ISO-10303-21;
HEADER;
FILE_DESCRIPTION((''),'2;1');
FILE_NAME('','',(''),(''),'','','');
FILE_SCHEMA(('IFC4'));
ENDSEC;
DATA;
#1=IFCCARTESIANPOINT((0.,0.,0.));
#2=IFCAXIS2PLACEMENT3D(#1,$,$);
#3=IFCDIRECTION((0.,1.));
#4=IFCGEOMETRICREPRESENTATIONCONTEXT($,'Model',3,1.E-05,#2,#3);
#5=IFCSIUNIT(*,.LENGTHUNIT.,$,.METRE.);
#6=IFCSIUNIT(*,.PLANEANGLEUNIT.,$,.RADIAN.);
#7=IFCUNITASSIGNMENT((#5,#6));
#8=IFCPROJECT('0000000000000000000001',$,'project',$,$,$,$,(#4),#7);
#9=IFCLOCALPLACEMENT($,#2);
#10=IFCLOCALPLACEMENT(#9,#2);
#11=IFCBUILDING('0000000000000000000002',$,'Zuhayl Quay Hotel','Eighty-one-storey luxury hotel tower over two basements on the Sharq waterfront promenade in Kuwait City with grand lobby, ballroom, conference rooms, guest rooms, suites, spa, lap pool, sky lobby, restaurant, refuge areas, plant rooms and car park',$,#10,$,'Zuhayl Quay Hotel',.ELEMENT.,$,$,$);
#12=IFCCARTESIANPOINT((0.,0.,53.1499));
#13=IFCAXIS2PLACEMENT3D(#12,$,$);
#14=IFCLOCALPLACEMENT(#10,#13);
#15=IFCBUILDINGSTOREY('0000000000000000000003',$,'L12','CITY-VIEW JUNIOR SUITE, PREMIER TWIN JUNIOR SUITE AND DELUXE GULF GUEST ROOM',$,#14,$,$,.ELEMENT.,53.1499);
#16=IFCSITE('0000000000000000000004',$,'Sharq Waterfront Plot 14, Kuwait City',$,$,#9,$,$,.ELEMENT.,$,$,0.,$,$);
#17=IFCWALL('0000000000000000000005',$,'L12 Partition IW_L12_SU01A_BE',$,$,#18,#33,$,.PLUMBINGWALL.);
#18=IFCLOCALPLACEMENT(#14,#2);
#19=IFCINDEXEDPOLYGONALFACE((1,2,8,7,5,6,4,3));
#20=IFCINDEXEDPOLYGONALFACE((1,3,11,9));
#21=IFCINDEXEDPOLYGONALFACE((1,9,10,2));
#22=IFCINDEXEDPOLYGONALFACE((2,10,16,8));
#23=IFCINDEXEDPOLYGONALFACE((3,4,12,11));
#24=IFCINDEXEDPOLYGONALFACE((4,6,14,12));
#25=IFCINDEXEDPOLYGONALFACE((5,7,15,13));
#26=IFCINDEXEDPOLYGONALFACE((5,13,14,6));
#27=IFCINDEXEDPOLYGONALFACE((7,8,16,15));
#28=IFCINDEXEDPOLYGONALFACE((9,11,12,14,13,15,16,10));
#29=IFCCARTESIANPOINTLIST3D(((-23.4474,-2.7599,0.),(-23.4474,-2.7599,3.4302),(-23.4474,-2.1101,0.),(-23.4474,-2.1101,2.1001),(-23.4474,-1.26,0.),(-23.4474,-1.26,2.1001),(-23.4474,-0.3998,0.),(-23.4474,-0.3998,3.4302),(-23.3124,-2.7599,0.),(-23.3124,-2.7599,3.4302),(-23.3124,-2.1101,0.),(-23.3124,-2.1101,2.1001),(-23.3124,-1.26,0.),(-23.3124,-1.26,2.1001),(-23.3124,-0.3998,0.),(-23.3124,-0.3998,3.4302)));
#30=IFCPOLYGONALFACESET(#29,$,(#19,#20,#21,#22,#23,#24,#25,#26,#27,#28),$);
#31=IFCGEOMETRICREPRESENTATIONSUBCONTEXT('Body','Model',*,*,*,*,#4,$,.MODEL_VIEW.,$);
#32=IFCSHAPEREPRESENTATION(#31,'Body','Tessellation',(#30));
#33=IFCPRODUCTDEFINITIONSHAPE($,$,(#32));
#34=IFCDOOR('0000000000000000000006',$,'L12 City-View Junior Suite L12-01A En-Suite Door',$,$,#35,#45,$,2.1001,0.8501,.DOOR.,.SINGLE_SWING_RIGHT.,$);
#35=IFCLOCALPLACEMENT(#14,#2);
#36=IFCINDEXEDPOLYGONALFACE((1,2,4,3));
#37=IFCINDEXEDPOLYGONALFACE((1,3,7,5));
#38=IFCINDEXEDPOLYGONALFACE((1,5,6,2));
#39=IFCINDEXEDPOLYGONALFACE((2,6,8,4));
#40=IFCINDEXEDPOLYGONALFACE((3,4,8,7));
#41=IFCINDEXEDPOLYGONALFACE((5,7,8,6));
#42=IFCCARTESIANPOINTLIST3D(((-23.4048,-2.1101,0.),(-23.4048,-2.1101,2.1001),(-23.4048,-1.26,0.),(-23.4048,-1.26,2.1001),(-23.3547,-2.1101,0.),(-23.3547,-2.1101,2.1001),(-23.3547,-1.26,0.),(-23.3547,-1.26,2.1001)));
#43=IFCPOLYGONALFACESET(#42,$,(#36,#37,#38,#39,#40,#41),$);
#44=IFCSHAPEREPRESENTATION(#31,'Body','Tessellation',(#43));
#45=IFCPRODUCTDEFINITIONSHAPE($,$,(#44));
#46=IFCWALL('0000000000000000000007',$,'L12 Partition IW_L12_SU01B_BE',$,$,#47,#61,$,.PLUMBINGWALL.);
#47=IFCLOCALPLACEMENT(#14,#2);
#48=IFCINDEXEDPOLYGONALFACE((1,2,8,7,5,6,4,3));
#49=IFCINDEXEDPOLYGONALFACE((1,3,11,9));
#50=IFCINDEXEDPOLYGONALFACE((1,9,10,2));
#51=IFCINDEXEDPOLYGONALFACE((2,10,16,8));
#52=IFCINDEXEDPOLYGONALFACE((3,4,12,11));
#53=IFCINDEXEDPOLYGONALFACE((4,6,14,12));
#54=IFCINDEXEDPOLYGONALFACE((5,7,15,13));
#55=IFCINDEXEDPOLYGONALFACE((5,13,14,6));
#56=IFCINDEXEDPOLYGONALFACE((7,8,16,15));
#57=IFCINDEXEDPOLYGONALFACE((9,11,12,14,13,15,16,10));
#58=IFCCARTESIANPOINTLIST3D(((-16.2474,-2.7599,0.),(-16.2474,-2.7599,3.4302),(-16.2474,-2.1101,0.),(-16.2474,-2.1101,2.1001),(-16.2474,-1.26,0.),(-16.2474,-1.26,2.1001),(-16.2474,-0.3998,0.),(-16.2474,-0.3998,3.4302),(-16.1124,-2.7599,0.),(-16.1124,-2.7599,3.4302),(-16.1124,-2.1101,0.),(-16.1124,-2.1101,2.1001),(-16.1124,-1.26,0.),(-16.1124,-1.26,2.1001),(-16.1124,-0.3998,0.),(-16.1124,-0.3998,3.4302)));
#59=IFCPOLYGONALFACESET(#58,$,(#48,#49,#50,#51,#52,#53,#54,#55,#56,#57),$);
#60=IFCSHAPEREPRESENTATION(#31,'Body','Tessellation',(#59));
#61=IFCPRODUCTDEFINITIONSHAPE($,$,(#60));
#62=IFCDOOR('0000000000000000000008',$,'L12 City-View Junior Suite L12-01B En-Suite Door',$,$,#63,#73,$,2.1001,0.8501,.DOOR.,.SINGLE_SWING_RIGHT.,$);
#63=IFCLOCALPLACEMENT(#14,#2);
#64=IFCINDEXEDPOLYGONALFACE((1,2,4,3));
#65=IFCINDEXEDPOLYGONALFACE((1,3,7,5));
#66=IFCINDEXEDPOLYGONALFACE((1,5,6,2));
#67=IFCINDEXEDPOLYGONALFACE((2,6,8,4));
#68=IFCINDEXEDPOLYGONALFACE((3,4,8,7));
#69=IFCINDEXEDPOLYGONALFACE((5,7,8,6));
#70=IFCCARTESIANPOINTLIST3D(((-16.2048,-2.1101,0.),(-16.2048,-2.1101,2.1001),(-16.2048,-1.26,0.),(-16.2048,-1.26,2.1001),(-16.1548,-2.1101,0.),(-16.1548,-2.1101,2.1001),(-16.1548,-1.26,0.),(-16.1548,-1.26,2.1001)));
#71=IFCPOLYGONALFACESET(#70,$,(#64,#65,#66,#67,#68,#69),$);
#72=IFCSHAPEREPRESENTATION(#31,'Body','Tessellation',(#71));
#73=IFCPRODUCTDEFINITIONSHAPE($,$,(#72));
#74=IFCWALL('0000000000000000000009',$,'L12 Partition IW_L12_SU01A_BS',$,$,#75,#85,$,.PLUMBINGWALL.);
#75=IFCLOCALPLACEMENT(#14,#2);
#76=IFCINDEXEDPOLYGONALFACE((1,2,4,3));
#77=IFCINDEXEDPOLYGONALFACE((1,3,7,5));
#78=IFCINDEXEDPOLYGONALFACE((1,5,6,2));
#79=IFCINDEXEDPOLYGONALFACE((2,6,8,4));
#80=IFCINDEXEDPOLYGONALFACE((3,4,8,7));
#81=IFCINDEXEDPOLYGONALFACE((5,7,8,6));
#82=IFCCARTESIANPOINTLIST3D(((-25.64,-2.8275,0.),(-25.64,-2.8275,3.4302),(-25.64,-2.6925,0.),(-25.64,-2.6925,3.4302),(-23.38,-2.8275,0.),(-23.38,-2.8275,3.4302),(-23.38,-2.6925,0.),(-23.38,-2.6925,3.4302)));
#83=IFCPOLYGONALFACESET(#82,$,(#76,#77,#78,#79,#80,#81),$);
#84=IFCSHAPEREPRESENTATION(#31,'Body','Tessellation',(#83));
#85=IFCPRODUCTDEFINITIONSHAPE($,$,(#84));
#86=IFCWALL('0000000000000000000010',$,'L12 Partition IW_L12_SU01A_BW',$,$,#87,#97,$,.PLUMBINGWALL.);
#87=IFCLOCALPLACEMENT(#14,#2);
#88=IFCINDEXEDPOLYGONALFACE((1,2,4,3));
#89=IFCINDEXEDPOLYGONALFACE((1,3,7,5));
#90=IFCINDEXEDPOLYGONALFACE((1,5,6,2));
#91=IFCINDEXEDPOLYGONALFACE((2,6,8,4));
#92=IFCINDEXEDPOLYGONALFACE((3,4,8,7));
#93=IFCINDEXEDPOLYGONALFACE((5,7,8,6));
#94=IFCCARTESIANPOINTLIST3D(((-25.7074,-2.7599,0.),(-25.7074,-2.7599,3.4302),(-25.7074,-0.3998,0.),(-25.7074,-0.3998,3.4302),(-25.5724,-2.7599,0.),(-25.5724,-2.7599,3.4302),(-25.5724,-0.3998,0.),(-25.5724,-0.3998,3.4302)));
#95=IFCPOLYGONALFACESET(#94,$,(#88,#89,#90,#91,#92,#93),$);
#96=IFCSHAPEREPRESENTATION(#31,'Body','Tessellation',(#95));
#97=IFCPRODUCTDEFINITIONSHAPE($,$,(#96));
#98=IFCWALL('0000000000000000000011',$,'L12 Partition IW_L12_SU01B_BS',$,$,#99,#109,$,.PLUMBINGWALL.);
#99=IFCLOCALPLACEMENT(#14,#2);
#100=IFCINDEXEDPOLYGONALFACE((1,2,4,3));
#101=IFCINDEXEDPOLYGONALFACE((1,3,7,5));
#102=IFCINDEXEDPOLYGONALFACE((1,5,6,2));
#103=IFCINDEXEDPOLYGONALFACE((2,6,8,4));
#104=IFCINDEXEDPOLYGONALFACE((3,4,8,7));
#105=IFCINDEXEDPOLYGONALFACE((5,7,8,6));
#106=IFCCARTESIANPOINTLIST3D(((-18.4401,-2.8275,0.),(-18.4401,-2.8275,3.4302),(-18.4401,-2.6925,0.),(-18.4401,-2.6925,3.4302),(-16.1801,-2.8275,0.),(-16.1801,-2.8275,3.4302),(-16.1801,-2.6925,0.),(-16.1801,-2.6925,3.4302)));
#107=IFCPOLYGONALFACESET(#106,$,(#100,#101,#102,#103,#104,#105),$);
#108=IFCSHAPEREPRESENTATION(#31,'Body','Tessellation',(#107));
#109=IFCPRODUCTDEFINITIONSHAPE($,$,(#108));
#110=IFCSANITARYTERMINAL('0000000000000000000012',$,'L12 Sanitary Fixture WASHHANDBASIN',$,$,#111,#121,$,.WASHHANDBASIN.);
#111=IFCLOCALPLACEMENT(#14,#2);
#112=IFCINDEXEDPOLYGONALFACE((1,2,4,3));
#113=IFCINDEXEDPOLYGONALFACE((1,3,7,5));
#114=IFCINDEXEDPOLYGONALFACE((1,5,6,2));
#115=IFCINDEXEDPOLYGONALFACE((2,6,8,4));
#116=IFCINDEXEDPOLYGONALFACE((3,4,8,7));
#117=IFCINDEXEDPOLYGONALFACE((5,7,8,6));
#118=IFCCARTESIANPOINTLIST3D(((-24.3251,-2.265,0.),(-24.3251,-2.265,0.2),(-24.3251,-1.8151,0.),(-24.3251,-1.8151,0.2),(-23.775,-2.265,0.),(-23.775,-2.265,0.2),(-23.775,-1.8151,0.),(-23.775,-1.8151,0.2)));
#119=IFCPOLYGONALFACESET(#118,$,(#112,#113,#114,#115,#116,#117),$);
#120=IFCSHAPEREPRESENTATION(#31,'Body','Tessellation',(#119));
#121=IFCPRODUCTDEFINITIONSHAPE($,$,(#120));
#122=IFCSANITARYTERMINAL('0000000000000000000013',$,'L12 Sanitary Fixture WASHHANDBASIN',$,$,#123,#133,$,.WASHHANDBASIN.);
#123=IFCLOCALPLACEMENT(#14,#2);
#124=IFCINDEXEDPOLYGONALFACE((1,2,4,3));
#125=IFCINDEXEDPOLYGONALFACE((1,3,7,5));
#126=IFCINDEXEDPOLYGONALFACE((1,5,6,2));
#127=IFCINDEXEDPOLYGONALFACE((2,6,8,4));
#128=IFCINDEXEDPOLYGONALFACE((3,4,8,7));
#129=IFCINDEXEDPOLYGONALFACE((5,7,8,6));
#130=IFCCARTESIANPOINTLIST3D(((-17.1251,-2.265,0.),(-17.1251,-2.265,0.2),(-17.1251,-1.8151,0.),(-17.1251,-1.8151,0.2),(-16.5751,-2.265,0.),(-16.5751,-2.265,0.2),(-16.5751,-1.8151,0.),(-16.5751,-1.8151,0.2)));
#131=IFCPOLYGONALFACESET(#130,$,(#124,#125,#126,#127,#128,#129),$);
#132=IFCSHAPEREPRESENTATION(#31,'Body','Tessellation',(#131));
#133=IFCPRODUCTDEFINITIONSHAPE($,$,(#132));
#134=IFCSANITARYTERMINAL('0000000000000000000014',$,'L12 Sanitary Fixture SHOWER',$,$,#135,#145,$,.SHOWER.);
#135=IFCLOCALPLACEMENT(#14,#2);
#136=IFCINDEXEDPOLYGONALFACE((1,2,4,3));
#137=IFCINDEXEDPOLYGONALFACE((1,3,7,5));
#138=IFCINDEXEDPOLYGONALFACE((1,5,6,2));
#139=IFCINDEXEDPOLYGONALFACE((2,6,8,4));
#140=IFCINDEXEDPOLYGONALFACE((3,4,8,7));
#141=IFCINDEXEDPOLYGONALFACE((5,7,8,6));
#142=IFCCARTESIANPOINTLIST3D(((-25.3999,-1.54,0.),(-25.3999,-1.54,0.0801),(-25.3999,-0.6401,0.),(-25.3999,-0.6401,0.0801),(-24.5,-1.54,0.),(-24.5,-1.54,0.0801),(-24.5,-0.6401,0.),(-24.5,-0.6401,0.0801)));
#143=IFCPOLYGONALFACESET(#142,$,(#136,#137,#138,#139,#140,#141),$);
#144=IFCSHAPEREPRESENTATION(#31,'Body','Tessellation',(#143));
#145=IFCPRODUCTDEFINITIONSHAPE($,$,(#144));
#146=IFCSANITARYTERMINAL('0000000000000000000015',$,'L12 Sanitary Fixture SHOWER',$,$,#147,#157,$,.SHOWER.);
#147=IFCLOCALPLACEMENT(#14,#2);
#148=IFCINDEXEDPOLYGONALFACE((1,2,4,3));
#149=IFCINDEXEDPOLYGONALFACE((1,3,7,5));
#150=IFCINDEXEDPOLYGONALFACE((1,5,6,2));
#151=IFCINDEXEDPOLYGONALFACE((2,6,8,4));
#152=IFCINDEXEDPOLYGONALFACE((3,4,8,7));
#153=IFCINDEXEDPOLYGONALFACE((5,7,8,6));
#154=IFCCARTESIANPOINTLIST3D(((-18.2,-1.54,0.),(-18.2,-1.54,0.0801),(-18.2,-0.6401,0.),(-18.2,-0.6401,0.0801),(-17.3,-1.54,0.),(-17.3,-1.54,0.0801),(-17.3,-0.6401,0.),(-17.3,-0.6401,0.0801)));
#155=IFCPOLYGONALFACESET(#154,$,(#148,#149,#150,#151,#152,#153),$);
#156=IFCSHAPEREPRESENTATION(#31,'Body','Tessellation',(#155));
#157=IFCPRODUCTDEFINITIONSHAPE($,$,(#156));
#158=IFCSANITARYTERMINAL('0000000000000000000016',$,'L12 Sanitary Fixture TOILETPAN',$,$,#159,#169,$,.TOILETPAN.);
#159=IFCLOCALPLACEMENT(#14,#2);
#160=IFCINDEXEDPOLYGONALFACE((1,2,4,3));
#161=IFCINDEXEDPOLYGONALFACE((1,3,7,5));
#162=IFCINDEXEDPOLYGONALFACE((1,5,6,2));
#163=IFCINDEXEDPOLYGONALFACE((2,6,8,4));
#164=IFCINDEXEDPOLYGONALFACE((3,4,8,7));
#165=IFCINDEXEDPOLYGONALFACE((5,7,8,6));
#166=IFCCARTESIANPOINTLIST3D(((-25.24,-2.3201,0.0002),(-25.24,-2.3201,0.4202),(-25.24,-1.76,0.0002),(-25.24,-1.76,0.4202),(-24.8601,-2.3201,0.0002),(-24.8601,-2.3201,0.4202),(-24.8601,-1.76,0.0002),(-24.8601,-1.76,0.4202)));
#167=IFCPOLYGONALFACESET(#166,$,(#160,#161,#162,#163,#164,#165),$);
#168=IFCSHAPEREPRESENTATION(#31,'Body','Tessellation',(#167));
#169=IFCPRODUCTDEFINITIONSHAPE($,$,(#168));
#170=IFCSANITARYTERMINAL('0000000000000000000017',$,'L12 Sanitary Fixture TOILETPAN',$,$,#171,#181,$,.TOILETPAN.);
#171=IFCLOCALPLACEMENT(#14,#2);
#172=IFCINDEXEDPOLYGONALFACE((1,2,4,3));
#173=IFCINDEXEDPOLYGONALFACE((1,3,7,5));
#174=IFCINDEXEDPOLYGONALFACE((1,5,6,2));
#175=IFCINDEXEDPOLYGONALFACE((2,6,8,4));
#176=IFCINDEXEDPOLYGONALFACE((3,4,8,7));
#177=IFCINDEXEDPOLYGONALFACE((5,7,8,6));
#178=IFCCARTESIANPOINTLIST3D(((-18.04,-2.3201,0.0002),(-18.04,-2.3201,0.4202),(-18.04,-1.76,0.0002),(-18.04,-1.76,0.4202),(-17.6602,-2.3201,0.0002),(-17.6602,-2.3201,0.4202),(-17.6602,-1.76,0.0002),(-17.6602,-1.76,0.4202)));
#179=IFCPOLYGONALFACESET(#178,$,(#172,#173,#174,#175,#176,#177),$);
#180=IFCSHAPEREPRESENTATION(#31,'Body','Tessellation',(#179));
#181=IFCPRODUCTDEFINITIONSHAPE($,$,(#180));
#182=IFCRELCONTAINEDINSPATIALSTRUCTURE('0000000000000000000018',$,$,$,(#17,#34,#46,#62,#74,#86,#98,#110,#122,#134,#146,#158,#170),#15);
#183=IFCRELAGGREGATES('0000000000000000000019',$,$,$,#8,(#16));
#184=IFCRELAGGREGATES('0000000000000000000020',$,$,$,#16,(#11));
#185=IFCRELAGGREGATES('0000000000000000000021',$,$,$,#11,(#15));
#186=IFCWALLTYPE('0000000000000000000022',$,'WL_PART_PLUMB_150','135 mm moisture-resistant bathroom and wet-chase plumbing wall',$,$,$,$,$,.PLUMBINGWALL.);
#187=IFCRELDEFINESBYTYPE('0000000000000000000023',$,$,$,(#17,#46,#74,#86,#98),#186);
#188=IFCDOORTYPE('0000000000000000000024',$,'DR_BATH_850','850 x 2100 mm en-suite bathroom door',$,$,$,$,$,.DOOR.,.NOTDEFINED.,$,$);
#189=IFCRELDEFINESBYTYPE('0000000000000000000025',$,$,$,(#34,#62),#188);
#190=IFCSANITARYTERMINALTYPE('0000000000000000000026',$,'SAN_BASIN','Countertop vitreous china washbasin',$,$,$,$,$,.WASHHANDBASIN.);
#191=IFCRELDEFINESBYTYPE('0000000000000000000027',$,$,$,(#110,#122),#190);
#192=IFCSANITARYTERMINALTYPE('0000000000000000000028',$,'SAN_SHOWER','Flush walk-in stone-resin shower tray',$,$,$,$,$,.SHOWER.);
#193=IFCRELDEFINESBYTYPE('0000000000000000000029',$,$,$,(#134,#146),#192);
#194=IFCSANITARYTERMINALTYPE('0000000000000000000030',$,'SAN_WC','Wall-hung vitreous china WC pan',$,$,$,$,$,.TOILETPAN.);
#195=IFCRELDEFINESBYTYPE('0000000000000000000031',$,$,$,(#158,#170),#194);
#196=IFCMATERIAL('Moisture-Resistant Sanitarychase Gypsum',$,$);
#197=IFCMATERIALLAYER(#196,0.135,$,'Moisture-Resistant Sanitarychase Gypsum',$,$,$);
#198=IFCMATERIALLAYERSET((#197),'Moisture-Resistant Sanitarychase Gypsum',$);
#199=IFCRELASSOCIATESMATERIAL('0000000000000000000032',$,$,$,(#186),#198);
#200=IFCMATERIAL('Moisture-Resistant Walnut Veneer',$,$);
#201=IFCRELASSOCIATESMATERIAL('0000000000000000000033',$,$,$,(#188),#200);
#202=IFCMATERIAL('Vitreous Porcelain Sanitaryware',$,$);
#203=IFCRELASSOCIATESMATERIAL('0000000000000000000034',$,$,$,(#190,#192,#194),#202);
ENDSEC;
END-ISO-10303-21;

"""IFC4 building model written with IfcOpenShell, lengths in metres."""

from ifc_helpers import new_model, si_unit, direction, frame, frame_2d, origin, origin_2d, place, context, subcontext, project, spatial, rectangle, extrude, material, layer, layer_set, type_object, element, fill, save


model = new_model("IFC4")

# Units and contexts
model_context = context("Model", 3, precision=1e-05, world=origin(), true_north=direction((0.0, 1.0)))
body_context = subcontext(model_context, "Body", "Model", "MODEL_VIEW")
ifc_project = project(units=[si_unit("LENGTHUNIT", "METRE"), si_unit("PLANEANGLEUNIT", "RADIAN")], contexts=[model_context])

# Site, building, storey
site_placement = place(None, origin())
site = spatial("IfcSite", under=ifc_project, at=site_placement, Name="Sharq Waterfront Plot 14, Kuwait City", CompositionType="ELEMENT", RefElevation=0.0)
building_placement = place(site_placement, origin())
building = spatial("IfcBuilding", under=site, at=building_placement, Name="Zuhayl Quay Hotel", Description="Eighty-one-storey luxury hotel tower over two basements on the Sharq waterfront promenade in Kuwait City with grand lobby, ballroom, conference rooms, guest rooms, suites, spa, lap pool, sky lobby, restaurant, refuge areas, plant rooms and car park", LongName="Zuhayl Quay Hotel", CompositionType="ELEMENT")
storey_placement = place(building_placement, frame((0.0, 0.0, 53.1499)))
storey = spatial("IfcBuildingStorey", under=building, at=storey_placement, Name="L12", Description="CITY-VIEW JUNIOR SUITE, PREMIER TWIN JUNIOR SUITE AND DELUXE GULF GUEST ROOM", CompositionType="ELEMENT", Elevation=53.1499)

# Walls, openings, doors
ifc_material_1 = material(Name="Moisture-Resistant Sanitarychase Gypsum")
ifc_layer_1 = layer(ifc_material_1, 0.135, Name="Moisture-Resistant Sanitarychase Gypsum")
ifc_layer_set_1 = layer_set([ifc_layer_1], Name="Moisture-Resistant Sanitarychase Gypsum")
wall_type_1 = type_object("IfcWallType", Name="WL_PART_PLUMB_150", Description="135 mm moisture-resistant bathroom and wet-chase plumbing wall", PredefinedType="PLUMBINGWALL", material=ifc_layer_set_1)
wall_1_placement = place(storey_placement, frame((-23.3799, -2.76, 0.0), z_axis=(0.0, 0.0, 1.0), x_axis=(0.0, 1.0, 0.0)))
wall_1 = element("IfcWall", 1, at=wall_1_placement, inside=storey, type_object=wall_type_1, Name="L12 Partition IW_L12_SU01A_BE", PredefinedType="PLUMBINGWALL", context=body_context, shape_type="SweptSolid", body=[
    extrude(rectangle(XDim=2.3601, YDim=0.135, at=frame_2d((1.1802, 0.0))), origin(), (0.0, 0.0, 1.0), 3.4302),
])
opening_1_placement = place(wall_1_placement, frame((0.6499, 0.0, 0.0)))
opening_1 = element("IfcOpeningElement", 2, at=opening_1_placement, cuts=wall_1, PredefinedType="OPENING", context=body_context, shape_type="SweptSolid", body=[
    extrude(rectangle(XDim=0.8501, YDim=2.1001, at=frame_2d((0.425, 1.05))), frame((0.0, 0.0774, 0.0), z_axis=(0.0, -1.0, 0.0), x_axis=(1.0, 0.0, 0.0)), (0.0, 0.0, 1.0), 0.155),
])
ifc_material_2 = material(Name="Moisture-Resistant Walnut Veneer")
door_type_1 = type_object("IfcDoorType", Name="DR_BATH_850", Description="850 x 2100 mm en-suite bathroom door", OperationType="NOTDEFINED", PredefinedType="DOOR", material=ifc_material_2)
door_1_placement = place(opening_1_placement, origin())
door_1 = element("IfcDoor", 3, at=door_1_placement, inside=storey, type_object=door_type_1, Name="L12 City-View Junior Suite L12-01A En-Suite Door", OperationType="SINGLE_SWING_RIGHT", OverallHeight=2.1001, OverallWidth=0.8501, PredefinedType="DOOR", context=body_context, shape_type="SweptSolid", body=[
    extrude(rectangle(XDim=0.8501, YDim=2.1001, at=frame_2d((0.425, 1.05))), frame((0.0, 0.0249, 0.0), z_axis=(0.0, -1.0, 0.0), x_axis=(1.0, 0.0, 0.0)), (0.0, 0.0, 1.0), 0.05),
])
fill(opening_1, door_1)
wall_2_placement = place(storey_placement, frame((-16.1799, -2.76, 0.0), z_axis=(0.0, 0.0, 1.0), x_axis=(0.0, 1.0, 0.0)))
wall_2 = element("IfcWall", 4, at=wall_2_placement, inside=storey, type_object=wall_type_1, Name="L12 Partition IW_L12_SU01B_BE", PredefinedType="PLUMBINGWALL", context=body_context, shape_type="SweptSolid", body=[
    extrude(rectangle(XDim=2.3601, YDim=0.135, at=frame_2d((1.1802, 0.0))), origin(), (0.0, 0.0, 1.0), 3.4302),
])
opening_2_placement = place(wall_2_placement, frame((0.6499, 0.0, 0.0)))
opening_2 = element("IfcOpeningElement", 5, at=opening_2_placement, cuts=wall_2, PredefinedType="OPENING", context=body_context, shape_type="SweptSolid", body=[
    extrude(rectangle(XDim=0.8501, YDim=2.1001, at=frame_2d((0.425, 1.05))), frame((0.0, 0.0774, 0.0), z_axis=(0.0, -1.0, 0.0), x_axis=(1.0, 0.0, 0.0)), (0.0, 0.0, 1.0), 0.155),
])
door_2_placement = place(opening_2_placement, origin())
door_2 = element("IfcDoor", 6, at=door_2_placement, inside=storey, type_object=door_type_1, Name="L12 City-View Junior Suite L12-01B En-Suite Door", OperationType="SINGLE_SWING_RIGHT", OverallHeight=2.1001, OverallWidth=0.8501, PredefinedType="DOOR", context=body_context, shape_type="SweptSolid", body=[
    extrude(rectangle(XDim=0.8501, YDim=2.1001, at=frame_2d((0.425, 1.05))), frame((0.0, 0.0249, 0.0), z_axis=(0.0, -1.0, 0.0), x_axis=(1.0, 0.0, 0.0)), (0.0, 0.0, 1.0), 0.05),
])
fill(opening_2, door_2)

# Walls
wall_3_placement = place(storey_placement, frame((-25.6399, -2.76, 0.0), z_axis=(0.0, 0.0, 1.0), x_axis=(1.0, 0.0, 0.0)))
element("IfcWall", 7, at=wall_3_placement, inside=storey, type_object=wall_type_1, Name="L12 Partition IW_L12_SU01A_BS", PredefinedType="PLUMBINGWALL", context=body_context, shape_type="SweptSolid", body=[
    extrude(rectangle(XDim=2.26, YDim=0.135, at=frame_2d((1.1299, 0.0))), origin(), (0.0, 0.0, 1.0), 3.4302),
])
wall_4_placement = place(storey_placement, frame((-25.6399, -2.76, 0.0), z_axis=(0.0, 0.0, 1.0), x_axis=(0.0, 1.0, 0.0)))
element("IfcWall", 8, at=wall_4_placement, inside=storey, type_object=wall_type_1, Name="L12 Partition IW_L12_SU01A_BW", PredefinedType="PLUMBINGWALL", context=body_context, shape_type="SweptSolid", body=[
    extrude(rectangle(XDim=2.3601, YDim=0.135, at=frame_2d((1.1802, 0.0))), origin(), (0.0, 0.0, 1.0), 3.4302),
])
wall_5_placement = place(storey_placement, frame((-18.4399, -2.76, 0.0), z_axis=(0.0, 0.0, 1.0), x_axis=(1.0, 0.0, 0.0)))
element("IfcWall", 9, at=wall_5_placement, inside=storey, type_object=wall_type_1, Name="L12 Partition IW_L12_SU01B_BS", PredefinedType="PLUMBINGWALL", context=body_context, shape_type="SweptSolid", body=[
    extrude(rectangle(XDim=2.26, YDim=0.135, at=frame_2d((1.1299, 0.0))), origin(), (0.0, 0.0, 1.0), 3.4302),
])

# Sanitary terminals
ifc_material_3 = material(Name="Vitreous Porcelain Sanitaryware")
sanitary_terminal_type_1 = type_object("IfcSanitaryTerminalType", Name="SAN_BASIN", Description="Countertop vitreous china washbasin", PredefinedType="WASHHANDBASIN", material=ifc_material_3)
for number, where, z_axis, x_axis, name in (
    (10, (-24.05, -2.04, 0.0), (0.0, 0.0, 1.0), (1.0, 0.0, 0.0), "L12 Sanitary Fixture WASHHANDBASIN"),
    (11, (-16.8501, -2.04, 0.0), (0.0, 0.0, 1.0), (1.0, 0.0, 0.0), "L12 Sanitary Fixture WASHHANDBASIN"),
):
    element("IfcSanitaryTerminal", number, at=place(storey_placement, frame(where, z_axis=z_axis, x_axis=x_axis)), inside=storey, type_object=sanitary_terminal_type_1, Name=name, PredefinedType="WASHHANDBASIN", context=body_context, shape_type="SweptSolid", body=[
        extrude(rectangle(XDim=0.55, YDim=0.45, at=origin_2d()), origin(), (0.0, 0.0, 1.0), 0.2),
    ])
sanitary_terminal_type_2 = type_object("IfcSanitaryTerminalType", Name="SAN_SHOWER", Description="Flush walk-in stone-resin shower tray", PredefinedType="SHOWER", material=ifc_material_3)
for number, where, z_axis, x_axis, name in (
    (12, (-24.95, -1.0901, 0.0), (0.0, 0.0, 1.0), (1.0, 0.0, 0.0), "L12 Sanitary Fixture SHOWER"),
    (13, (-17.75, -1.0901, 0.0), (0.0, 0.0, 1.0), (1.0, 0.0, 0.0), "L12 Sanitary Fixture SHOWER"),
):
    element("IfcSanitaryTerminal", number, at=place(storey_placement, frame(where, z_axis=z_axis, x_axis=x_axis)), inside=storey, type_object=sanitary_terminal_type_2, Name=name, PredefinedType="SHOWER", context=body_context, shape_type="SweptSolid", body=[
        extrude(rectangle(XDim=0.8999, YDim=0.8999, at=origin_2d()), origin(), (0.0, 0.0, 1.0), 0.0801),
    ])
sanitary_terminal_type_3 = type_object("IfcSanitaryTerminalType", Name="SAN_WC", Description="Wall-hung vitreous china WC pan", PredefinedType="TOILETPAN", material=ifc_material_3)
for number, where, z_axis, x_axis, name in (
    (14, (-25.05, -2.04, 0.0002), (0.0, 0.0, 1.0), (1.0, 0.0, 0.0), "L12 Sanitary Fixture TOILETPAN"),
    (15, (-17.8501, -2.04, 0.0002), (0.0, 0.0, 1.0), (1.0, 0.0, 0.0), "L12 Sanitary Fixture TOILETPAN"),
):
    element("IfcSanitaryTerminal", number, at=place(storey_placement, frame(where, z_axis=z_axis, x_axis=x_axis)), inside=storey, type_object=sanitary_terminal_type_3, Name=name, PredefinedType="TOILETPAN", context=body_context, shape_type="SweptSolid", body=[
        extrude(rectangle(XDim=0.3799, YDim=0.5601, at=origin_2d()), origin(), (0.0, 0.0, 1.0), 0.4199),
    ])

save(model, "model.ifc")
